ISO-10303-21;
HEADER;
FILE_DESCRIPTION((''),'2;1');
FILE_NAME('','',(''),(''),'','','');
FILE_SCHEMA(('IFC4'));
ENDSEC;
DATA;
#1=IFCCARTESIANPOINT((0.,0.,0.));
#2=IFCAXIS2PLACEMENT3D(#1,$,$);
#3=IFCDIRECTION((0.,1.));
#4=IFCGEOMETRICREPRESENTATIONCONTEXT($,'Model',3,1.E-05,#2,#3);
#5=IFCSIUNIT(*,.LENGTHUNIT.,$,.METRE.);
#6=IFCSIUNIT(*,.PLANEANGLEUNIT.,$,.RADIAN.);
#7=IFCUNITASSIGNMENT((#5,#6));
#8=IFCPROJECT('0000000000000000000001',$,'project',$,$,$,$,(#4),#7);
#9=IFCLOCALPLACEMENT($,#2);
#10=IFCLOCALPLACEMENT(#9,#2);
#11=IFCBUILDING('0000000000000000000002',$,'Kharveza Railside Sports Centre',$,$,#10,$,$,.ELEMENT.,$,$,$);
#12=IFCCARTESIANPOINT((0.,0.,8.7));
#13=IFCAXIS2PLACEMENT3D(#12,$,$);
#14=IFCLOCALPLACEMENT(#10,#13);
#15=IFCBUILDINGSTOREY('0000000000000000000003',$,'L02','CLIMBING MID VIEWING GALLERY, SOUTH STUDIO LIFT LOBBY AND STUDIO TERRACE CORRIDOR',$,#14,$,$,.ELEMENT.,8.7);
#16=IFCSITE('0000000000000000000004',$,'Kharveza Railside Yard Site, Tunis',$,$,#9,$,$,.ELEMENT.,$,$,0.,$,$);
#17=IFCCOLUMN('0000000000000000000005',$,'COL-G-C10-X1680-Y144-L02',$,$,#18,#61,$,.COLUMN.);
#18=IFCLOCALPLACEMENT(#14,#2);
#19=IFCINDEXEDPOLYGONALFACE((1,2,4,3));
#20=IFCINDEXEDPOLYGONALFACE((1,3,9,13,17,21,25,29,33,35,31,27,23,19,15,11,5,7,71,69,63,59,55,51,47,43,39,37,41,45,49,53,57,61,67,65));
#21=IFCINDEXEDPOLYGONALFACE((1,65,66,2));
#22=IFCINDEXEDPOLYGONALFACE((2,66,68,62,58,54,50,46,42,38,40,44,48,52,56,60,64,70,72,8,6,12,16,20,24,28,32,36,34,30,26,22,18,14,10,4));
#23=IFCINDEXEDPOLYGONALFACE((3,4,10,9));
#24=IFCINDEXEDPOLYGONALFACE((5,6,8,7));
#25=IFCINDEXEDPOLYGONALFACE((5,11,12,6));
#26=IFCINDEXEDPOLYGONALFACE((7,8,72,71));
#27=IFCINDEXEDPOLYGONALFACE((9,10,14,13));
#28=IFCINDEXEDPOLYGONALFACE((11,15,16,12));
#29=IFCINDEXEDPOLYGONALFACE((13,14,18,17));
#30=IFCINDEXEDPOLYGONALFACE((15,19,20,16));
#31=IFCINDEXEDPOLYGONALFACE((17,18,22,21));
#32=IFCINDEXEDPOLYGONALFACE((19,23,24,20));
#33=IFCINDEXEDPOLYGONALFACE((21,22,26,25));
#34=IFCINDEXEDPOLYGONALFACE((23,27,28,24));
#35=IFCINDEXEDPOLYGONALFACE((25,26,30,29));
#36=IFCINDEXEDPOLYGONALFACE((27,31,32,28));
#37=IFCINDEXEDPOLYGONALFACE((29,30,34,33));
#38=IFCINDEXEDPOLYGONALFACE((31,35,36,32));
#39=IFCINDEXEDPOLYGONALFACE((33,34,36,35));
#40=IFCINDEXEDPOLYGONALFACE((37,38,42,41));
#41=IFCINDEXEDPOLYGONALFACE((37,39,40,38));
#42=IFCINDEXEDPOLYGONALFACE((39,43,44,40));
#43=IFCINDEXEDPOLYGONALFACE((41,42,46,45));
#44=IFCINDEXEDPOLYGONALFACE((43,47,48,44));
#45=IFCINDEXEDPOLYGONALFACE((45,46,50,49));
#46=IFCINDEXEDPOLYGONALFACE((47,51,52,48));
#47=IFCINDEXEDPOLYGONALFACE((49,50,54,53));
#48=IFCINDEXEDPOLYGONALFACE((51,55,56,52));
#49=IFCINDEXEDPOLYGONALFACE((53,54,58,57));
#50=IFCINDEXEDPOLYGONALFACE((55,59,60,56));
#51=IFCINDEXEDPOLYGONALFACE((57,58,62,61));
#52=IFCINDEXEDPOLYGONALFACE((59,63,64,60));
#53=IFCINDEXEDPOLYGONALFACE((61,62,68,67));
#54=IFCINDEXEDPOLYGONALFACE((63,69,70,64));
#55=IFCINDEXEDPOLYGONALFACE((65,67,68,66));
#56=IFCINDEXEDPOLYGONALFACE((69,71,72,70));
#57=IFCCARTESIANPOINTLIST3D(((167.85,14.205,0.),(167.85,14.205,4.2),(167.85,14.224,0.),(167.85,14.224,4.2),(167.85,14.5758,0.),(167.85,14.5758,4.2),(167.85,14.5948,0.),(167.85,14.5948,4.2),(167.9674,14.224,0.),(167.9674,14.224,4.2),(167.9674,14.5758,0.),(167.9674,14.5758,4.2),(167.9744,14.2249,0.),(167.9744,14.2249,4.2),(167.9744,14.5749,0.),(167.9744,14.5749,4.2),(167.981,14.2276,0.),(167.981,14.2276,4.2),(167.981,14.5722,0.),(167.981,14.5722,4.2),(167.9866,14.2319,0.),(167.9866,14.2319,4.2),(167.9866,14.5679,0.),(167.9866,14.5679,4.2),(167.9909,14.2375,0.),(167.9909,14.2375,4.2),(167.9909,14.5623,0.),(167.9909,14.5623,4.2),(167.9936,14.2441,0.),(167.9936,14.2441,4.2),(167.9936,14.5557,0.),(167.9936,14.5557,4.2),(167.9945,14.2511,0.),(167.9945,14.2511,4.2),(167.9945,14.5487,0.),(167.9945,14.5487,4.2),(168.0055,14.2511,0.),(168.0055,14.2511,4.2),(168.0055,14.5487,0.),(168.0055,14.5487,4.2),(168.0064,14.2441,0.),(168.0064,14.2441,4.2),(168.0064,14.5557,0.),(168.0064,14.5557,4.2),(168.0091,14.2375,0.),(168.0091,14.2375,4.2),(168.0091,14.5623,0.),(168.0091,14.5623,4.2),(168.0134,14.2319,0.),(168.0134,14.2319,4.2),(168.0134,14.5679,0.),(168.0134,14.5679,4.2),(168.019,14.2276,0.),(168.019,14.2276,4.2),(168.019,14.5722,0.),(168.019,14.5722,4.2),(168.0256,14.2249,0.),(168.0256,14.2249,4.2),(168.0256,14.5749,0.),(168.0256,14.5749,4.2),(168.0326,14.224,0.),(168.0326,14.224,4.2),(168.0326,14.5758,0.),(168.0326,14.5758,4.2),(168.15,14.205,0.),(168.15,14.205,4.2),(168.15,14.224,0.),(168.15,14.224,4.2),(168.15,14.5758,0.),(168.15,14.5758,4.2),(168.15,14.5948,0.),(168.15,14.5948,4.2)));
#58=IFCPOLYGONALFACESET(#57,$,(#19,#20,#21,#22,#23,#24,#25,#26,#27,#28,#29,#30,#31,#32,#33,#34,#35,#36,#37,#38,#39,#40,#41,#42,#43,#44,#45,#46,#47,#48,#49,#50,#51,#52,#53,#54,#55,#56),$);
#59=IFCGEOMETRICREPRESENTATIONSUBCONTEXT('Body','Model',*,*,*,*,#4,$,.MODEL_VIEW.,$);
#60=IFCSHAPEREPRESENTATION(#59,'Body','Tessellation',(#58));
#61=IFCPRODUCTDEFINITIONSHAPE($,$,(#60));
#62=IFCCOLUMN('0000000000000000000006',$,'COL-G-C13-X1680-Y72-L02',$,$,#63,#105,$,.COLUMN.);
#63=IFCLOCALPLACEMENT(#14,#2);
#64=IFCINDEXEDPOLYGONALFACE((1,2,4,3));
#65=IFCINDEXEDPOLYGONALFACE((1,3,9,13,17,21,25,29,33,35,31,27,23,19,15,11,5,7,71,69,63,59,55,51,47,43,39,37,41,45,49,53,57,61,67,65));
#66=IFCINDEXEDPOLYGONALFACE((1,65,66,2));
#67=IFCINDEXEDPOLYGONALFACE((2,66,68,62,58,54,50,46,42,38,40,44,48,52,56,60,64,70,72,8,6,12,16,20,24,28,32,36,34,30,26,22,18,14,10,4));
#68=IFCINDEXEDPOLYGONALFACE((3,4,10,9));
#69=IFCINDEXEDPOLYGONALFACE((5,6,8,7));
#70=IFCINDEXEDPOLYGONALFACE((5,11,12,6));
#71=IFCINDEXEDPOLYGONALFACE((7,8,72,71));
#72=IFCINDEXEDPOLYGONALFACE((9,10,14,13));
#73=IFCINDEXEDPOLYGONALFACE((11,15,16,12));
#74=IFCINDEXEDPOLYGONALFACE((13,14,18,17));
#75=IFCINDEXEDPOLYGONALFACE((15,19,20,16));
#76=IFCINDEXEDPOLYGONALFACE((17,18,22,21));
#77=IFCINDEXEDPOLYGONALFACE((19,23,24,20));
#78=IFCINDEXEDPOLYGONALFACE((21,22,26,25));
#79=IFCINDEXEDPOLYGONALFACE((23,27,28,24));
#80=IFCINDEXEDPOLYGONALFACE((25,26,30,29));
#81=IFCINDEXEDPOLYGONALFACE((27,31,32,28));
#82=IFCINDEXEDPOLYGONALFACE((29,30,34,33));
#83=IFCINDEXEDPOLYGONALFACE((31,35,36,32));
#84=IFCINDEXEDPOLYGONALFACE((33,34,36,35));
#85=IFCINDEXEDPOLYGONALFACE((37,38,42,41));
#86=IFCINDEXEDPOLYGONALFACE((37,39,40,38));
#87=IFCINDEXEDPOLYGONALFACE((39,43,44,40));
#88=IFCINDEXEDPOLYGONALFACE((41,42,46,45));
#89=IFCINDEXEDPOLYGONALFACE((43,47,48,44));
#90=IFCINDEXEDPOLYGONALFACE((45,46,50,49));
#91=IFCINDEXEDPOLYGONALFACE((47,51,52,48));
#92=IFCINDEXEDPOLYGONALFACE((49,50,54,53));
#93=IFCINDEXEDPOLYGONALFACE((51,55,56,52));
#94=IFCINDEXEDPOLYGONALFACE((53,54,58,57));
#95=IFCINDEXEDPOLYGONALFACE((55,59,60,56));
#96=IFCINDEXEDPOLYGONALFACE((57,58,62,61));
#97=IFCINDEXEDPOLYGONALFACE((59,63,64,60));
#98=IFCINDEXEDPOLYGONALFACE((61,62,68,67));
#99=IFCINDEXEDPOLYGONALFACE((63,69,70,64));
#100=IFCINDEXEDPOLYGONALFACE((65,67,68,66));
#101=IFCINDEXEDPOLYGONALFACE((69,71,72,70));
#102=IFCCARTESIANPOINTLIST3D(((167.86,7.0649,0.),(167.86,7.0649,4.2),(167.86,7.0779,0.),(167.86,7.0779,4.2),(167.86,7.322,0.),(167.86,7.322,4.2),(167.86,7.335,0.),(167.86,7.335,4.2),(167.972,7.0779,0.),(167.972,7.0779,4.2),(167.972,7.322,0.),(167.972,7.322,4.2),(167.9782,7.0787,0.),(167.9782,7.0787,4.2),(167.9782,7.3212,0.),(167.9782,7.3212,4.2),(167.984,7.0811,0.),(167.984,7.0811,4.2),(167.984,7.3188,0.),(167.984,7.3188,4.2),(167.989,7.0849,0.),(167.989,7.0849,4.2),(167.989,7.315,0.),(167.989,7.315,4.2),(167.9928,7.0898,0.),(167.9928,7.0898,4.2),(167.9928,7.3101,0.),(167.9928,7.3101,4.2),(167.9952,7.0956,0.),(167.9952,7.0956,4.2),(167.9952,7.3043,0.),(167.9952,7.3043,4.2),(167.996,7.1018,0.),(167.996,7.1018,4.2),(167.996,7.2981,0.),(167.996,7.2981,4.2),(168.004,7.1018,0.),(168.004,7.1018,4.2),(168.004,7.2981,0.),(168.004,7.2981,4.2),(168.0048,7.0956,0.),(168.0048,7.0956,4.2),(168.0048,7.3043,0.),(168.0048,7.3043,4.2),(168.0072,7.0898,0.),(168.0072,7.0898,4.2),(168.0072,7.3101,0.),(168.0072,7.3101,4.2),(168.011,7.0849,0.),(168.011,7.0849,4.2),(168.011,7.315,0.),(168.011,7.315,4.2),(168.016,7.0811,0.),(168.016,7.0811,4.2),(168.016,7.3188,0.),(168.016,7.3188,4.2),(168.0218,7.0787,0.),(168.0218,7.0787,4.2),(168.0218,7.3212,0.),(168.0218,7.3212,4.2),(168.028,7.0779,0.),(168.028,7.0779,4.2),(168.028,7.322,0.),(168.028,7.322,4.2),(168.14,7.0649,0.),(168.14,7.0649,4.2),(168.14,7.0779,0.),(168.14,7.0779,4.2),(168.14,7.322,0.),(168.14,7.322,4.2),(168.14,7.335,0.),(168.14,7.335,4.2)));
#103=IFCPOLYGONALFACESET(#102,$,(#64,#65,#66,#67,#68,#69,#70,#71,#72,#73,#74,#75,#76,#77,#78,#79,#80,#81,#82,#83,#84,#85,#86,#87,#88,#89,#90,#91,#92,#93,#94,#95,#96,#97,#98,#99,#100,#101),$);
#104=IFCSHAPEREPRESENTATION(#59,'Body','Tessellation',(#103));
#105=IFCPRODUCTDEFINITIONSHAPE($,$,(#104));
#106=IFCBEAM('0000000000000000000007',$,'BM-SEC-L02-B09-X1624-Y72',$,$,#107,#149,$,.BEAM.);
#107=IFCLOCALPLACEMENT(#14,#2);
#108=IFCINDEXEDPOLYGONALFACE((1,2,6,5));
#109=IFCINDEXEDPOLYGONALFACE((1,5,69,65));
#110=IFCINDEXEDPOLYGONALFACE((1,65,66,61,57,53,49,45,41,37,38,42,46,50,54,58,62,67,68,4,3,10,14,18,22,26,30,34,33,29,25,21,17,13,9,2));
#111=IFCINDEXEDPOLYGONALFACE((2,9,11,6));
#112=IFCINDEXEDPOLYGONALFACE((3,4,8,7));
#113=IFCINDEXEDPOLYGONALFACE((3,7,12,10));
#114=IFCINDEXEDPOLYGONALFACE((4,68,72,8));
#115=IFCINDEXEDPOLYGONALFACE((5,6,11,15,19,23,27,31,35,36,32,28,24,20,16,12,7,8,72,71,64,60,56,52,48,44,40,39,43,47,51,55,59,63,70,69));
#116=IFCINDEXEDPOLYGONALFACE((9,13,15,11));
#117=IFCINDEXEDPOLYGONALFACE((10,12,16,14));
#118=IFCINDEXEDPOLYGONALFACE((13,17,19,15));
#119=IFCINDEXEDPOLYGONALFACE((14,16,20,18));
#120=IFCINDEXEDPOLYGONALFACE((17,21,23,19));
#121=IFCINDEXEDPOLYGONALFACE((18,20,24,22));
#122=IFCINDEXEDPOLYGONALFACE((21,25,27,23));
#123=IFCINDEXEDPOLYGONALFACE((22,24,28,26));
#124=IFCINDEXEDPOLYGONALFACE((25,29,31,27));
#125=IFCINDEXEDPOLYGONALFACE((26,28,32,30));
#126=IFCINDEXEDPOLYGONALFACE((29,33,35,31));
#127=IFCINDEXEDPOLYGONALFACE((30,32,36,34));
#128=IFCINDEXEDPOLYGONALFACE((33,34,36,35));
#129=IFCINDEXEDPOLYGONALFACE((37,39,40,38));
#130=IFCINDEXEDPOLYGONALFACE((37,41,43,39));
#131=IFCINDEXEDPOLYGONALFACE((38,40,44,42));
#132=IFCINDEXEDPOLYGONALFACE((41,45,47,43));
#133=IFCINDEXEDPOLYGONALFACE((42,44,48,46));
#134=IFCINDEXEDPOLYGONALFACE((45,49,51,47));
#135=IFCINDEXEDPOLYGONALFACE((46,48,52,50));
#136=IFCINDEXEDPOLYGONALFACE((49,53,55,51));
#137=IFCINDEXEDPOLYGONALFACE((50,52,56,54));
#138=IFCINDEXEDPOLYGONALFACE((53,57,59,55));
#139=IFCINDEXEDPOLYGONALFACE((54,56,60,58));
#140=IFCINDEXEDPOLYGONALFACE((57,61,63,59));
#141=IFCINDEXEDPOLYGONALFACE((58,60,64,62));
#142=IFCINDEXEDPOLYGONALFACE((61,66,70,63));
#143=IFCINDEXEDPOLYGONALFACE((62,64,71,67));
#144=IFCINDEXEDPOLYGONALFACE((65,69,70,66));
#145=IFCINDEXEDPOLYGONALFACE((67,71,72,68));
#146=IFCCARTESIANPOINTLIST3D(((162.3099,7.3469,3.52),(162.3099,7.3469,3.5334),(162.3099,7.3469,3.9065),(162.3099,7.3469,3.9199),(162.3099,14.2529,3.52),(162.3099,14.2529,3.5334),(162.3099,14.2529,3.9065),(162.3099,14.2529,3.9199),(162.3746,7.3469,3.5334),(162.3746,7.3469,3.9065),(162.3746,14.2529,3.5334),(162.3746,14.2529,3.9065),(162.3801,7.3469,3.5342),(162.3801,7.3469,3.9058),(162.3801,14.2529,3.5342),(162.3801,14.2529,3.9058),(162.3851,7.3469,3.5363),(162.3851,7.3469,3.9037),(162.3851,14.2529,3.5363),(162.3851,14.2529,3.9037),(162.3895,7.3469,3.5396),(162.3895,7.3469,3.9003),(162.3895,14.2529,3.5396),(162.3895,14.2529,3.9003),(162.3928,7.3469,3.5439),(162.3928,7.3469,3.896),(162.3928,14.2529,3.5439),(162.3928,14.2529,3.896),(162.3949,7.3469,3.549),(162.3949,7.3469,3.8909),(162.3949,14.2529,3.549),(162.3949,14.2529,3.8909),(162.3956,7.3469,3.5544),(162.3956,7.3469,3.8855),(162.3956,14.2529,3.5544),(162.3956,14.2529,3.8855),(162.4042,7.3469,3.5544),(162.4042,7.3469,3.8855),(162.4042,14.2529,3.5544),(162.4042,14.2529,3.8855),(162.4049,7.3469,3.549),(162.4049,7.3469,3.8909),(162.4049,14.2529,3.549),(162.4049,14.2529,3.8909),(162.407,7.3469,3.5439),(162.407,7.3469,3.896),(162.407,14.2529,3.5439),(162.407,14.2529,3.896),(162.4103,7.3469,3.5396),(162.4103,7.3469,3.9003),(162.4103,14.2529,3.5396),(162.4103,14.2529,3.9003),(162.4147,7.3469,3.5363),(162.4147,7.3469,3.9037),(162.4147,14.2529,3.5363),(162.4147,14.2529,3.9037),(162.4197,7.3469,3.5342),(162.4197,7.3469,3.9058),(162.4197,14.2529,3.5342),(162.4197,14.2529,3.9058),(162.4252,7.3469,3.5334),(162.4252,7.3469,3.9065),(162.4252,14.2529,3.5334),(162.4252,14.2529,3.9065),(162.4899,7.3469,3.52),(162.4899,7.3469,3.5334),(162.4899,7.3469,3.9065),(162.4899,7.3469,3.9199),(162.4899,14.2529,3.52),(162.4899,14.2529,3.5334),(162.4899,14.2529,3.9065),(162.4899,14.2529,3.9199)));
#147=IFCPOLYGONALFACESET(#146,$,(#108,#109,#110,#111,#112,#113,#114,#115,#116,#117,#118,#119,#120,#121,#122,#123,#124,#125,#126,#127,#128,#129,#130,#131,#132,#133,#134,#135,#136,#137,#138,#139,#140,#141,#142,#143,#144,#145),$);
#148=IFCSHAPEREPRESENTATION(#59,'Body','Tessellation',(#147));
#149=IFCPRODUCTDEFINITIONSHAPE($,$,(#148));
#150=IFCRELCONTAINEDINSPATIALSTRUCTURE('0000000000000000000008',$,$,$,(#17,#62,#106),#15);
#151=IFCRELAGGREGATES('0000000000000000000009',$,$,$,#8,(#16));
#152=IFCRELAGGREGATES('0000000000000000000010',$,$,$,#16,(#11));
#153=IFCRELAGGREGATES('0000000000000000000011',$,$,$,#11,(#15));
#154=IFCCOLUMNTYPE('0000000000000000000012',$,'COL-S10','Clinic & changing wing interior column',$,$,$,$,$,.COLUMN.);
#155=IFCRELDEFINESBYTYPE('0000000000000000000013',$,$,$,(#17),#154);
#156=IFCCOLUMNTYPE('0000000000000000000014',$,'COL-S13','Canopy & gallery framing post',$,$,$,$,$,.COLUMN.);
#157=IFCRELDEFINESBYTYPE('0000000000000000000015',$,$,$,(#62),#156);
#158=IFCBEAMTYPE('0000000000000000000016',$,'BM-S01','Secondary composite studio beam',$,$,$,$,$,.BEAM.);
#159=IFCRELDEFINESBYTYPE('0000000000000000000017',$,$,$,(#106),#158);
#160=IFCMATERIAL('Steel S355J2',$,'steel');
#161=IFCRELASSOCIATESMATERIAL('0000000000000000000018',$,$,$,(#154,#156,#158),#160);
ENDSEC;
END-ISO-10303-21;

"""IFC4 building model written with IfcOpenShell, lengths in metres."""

from ifc_helpers import new_model, si_unit, direction, frame, origin, origin_2d, place, context, subcontext, project, spatial, i_section, extrude, material, material_profile, profile_set, type_object, element, save


model = new_model("IFC4")

# Units and contexts
model_context = context("Model", 3, precision=1e-05, world=origin(), true_north=direction((0.0, 1.0)))
body_context = subcontext(model_context, "Body", "Model", "MODEL_VIEW")
ifc_project = project(units=[si_unit("LENGTHUNIT", "METRE"), si_unit("PLANEANGLEUNIT", "RADIAN")], contexts=[model_context])

# Site, building, storey
site_placement = place(None, origin())
site = spatial("IfcSite", under=ifc_project, at=site_placement, Name="Kharveza Railside Yard Site, Tunis", CompositionType="ELEMENT", RefElevation=0.0)
building_placement = place(site_placement, origin())
building = spatial("IfcBuilding", under=site, at=building_placement, Name="Kharveza Railside Sports Centre", CompositionType="ELEMENT")
storey_placement = place(building_placement, frame((0.0, 0.0, 8.7)))
storey = spatial("IfcBuildingStorey", under=building, at=storey_placement, Name="L02", Description="CLIMBING MID VIEWING GALLERY, SOUTH STUDIO LIFT LOBBY AND STUDIO TERRACE CORRIDOR", CompositionType="ELEMENT", Elevation=8.7)

# Columns
ifc_material_1 = material(Name="Steel S355J2", Category="steel")
ifc_material_profile_1 = material_profile(ifc_material_1, i_section(OverallWidth=0.3, OverallDepth=0.3899, WebThickness=0.011, FlangeThickness=0.019, FilletRadius=0.0271, at=origin_2d()), Name="HEA 400")
ifc_profile_set_1 = profile_set([ifc_material_profile_1], Name="Steel S355J2")
column_type_1 = type_object("IfcColumnType", Name="COL-S10", Description="Clinic & changing wing interior column", PredefinedType="COLUMN", material=ifc_profile_set_1)
column_1_placement = place(storey_placement, frame((168.0, 14.3999, 0.0), z_axis=(0.0, 0.0, 1.0), x_axis=(1.0, 0.0, 0.0)))
element("IfcColumn", 1, at=column_1_placement, inside=storey, type_object=column_type_1, Name="COL-G-C10-X1680-Y144-L02", PredefinedType="COLUMN", context=body_context, shape_type="SweptSolid", body=[
    extrude(i_section(OverallWidth=0.3, OverallDepth=0.3899, WebThickness=0.011, FlangeThickness=0.019, FilletRadius=0.0271, at=origin_2d()), origin(), (0.0, 0.0, 1.0), 4.2),
])
ifc_material_profile_2 = material_profile(ifc_material_1, i_section(OverallWidth=0.28, OverallDepth=0.27, WebThickness=0.0081, FlangeThickness=0.0129, FilletRadius=0.0239, at=origin_2d()), Name="HEA 280")
ifc_profile_set_2 = profile_set([ifc_material_profile_2], Name="Steel S355J2")
column_type_2 = type_object("IfcColumnType", Name="COL-S13", Description="Canopy & gallery framing post", PredefinedType="COLUMN", material=ifc_profile_set_2)
column_2_placement = place(storey_placement, frame((168.0, 7.2, 0.0), z_axis=(0.0, 0.0, 1.0), x_axis=(1.0, 0.0, 0.0)))
element("IfcColumn", 2, at=column_2_placement, inside=storey, type_object=column_type_2, Name="COL-G-C13-X1680-Y72-L02", PredefinedType="COLUMN", context=body_context, shape_type="SweptSolid", body=[
    extrude(i_section(OverallWidth=0.28, OverallDepth=0.27, WebThickness=0.0081, FlangeThickness=0.0129, FilletRadius=0.0239, at=origin_2d()), origin(), (0.0, 0.0, 1.0), 4.2),
])

# Beam
ifc_material_profile_3 = material_profile(ifc_material_1, i_section(OverallWidth=0.1799, OverallDepth=0.3999, WebThickness=0.0085, FlangeThickness=0.0134, FilletRadius=0.021, at=origin_2d()), Name="IPE 400")
ifc_profile_set_3 = profile_set([ifc_material_profile_3], Name="Steel S355J2")
beam_type_1 = type_object("IfcBeamType", Name="BM-S01", Description="Secondary composite studio beam", PredefinedType="BEAM", material=ifc_profile_set_3)
beam_1_placement = place(storey_placement, frame((162.3999, 7.3469, 3.72), z_axis=(0.0, 1.0, 0.0), x_axis=(-1.0, 0.0, 0.0)))
element("IfcBeam", 3, at=beam_1_placement, inside=storey, type_object=beam_type_1, Name="BM-SEC-L02-B09-X1624-Y72", PredefinedType="BEAM", context=body_context, shape_type="SweptSolid", body=[
    extrude(i_section(OverallWidth=0.1799, OverallDepth=0.3999, WebThickness=0.0085, FlangeThickness=0.0134, FilletRadius=0.021, at=origin_2d()), origin(), (0.0, 0.0, 1.0), 6.906),
])

save(model, "model.ifc")
